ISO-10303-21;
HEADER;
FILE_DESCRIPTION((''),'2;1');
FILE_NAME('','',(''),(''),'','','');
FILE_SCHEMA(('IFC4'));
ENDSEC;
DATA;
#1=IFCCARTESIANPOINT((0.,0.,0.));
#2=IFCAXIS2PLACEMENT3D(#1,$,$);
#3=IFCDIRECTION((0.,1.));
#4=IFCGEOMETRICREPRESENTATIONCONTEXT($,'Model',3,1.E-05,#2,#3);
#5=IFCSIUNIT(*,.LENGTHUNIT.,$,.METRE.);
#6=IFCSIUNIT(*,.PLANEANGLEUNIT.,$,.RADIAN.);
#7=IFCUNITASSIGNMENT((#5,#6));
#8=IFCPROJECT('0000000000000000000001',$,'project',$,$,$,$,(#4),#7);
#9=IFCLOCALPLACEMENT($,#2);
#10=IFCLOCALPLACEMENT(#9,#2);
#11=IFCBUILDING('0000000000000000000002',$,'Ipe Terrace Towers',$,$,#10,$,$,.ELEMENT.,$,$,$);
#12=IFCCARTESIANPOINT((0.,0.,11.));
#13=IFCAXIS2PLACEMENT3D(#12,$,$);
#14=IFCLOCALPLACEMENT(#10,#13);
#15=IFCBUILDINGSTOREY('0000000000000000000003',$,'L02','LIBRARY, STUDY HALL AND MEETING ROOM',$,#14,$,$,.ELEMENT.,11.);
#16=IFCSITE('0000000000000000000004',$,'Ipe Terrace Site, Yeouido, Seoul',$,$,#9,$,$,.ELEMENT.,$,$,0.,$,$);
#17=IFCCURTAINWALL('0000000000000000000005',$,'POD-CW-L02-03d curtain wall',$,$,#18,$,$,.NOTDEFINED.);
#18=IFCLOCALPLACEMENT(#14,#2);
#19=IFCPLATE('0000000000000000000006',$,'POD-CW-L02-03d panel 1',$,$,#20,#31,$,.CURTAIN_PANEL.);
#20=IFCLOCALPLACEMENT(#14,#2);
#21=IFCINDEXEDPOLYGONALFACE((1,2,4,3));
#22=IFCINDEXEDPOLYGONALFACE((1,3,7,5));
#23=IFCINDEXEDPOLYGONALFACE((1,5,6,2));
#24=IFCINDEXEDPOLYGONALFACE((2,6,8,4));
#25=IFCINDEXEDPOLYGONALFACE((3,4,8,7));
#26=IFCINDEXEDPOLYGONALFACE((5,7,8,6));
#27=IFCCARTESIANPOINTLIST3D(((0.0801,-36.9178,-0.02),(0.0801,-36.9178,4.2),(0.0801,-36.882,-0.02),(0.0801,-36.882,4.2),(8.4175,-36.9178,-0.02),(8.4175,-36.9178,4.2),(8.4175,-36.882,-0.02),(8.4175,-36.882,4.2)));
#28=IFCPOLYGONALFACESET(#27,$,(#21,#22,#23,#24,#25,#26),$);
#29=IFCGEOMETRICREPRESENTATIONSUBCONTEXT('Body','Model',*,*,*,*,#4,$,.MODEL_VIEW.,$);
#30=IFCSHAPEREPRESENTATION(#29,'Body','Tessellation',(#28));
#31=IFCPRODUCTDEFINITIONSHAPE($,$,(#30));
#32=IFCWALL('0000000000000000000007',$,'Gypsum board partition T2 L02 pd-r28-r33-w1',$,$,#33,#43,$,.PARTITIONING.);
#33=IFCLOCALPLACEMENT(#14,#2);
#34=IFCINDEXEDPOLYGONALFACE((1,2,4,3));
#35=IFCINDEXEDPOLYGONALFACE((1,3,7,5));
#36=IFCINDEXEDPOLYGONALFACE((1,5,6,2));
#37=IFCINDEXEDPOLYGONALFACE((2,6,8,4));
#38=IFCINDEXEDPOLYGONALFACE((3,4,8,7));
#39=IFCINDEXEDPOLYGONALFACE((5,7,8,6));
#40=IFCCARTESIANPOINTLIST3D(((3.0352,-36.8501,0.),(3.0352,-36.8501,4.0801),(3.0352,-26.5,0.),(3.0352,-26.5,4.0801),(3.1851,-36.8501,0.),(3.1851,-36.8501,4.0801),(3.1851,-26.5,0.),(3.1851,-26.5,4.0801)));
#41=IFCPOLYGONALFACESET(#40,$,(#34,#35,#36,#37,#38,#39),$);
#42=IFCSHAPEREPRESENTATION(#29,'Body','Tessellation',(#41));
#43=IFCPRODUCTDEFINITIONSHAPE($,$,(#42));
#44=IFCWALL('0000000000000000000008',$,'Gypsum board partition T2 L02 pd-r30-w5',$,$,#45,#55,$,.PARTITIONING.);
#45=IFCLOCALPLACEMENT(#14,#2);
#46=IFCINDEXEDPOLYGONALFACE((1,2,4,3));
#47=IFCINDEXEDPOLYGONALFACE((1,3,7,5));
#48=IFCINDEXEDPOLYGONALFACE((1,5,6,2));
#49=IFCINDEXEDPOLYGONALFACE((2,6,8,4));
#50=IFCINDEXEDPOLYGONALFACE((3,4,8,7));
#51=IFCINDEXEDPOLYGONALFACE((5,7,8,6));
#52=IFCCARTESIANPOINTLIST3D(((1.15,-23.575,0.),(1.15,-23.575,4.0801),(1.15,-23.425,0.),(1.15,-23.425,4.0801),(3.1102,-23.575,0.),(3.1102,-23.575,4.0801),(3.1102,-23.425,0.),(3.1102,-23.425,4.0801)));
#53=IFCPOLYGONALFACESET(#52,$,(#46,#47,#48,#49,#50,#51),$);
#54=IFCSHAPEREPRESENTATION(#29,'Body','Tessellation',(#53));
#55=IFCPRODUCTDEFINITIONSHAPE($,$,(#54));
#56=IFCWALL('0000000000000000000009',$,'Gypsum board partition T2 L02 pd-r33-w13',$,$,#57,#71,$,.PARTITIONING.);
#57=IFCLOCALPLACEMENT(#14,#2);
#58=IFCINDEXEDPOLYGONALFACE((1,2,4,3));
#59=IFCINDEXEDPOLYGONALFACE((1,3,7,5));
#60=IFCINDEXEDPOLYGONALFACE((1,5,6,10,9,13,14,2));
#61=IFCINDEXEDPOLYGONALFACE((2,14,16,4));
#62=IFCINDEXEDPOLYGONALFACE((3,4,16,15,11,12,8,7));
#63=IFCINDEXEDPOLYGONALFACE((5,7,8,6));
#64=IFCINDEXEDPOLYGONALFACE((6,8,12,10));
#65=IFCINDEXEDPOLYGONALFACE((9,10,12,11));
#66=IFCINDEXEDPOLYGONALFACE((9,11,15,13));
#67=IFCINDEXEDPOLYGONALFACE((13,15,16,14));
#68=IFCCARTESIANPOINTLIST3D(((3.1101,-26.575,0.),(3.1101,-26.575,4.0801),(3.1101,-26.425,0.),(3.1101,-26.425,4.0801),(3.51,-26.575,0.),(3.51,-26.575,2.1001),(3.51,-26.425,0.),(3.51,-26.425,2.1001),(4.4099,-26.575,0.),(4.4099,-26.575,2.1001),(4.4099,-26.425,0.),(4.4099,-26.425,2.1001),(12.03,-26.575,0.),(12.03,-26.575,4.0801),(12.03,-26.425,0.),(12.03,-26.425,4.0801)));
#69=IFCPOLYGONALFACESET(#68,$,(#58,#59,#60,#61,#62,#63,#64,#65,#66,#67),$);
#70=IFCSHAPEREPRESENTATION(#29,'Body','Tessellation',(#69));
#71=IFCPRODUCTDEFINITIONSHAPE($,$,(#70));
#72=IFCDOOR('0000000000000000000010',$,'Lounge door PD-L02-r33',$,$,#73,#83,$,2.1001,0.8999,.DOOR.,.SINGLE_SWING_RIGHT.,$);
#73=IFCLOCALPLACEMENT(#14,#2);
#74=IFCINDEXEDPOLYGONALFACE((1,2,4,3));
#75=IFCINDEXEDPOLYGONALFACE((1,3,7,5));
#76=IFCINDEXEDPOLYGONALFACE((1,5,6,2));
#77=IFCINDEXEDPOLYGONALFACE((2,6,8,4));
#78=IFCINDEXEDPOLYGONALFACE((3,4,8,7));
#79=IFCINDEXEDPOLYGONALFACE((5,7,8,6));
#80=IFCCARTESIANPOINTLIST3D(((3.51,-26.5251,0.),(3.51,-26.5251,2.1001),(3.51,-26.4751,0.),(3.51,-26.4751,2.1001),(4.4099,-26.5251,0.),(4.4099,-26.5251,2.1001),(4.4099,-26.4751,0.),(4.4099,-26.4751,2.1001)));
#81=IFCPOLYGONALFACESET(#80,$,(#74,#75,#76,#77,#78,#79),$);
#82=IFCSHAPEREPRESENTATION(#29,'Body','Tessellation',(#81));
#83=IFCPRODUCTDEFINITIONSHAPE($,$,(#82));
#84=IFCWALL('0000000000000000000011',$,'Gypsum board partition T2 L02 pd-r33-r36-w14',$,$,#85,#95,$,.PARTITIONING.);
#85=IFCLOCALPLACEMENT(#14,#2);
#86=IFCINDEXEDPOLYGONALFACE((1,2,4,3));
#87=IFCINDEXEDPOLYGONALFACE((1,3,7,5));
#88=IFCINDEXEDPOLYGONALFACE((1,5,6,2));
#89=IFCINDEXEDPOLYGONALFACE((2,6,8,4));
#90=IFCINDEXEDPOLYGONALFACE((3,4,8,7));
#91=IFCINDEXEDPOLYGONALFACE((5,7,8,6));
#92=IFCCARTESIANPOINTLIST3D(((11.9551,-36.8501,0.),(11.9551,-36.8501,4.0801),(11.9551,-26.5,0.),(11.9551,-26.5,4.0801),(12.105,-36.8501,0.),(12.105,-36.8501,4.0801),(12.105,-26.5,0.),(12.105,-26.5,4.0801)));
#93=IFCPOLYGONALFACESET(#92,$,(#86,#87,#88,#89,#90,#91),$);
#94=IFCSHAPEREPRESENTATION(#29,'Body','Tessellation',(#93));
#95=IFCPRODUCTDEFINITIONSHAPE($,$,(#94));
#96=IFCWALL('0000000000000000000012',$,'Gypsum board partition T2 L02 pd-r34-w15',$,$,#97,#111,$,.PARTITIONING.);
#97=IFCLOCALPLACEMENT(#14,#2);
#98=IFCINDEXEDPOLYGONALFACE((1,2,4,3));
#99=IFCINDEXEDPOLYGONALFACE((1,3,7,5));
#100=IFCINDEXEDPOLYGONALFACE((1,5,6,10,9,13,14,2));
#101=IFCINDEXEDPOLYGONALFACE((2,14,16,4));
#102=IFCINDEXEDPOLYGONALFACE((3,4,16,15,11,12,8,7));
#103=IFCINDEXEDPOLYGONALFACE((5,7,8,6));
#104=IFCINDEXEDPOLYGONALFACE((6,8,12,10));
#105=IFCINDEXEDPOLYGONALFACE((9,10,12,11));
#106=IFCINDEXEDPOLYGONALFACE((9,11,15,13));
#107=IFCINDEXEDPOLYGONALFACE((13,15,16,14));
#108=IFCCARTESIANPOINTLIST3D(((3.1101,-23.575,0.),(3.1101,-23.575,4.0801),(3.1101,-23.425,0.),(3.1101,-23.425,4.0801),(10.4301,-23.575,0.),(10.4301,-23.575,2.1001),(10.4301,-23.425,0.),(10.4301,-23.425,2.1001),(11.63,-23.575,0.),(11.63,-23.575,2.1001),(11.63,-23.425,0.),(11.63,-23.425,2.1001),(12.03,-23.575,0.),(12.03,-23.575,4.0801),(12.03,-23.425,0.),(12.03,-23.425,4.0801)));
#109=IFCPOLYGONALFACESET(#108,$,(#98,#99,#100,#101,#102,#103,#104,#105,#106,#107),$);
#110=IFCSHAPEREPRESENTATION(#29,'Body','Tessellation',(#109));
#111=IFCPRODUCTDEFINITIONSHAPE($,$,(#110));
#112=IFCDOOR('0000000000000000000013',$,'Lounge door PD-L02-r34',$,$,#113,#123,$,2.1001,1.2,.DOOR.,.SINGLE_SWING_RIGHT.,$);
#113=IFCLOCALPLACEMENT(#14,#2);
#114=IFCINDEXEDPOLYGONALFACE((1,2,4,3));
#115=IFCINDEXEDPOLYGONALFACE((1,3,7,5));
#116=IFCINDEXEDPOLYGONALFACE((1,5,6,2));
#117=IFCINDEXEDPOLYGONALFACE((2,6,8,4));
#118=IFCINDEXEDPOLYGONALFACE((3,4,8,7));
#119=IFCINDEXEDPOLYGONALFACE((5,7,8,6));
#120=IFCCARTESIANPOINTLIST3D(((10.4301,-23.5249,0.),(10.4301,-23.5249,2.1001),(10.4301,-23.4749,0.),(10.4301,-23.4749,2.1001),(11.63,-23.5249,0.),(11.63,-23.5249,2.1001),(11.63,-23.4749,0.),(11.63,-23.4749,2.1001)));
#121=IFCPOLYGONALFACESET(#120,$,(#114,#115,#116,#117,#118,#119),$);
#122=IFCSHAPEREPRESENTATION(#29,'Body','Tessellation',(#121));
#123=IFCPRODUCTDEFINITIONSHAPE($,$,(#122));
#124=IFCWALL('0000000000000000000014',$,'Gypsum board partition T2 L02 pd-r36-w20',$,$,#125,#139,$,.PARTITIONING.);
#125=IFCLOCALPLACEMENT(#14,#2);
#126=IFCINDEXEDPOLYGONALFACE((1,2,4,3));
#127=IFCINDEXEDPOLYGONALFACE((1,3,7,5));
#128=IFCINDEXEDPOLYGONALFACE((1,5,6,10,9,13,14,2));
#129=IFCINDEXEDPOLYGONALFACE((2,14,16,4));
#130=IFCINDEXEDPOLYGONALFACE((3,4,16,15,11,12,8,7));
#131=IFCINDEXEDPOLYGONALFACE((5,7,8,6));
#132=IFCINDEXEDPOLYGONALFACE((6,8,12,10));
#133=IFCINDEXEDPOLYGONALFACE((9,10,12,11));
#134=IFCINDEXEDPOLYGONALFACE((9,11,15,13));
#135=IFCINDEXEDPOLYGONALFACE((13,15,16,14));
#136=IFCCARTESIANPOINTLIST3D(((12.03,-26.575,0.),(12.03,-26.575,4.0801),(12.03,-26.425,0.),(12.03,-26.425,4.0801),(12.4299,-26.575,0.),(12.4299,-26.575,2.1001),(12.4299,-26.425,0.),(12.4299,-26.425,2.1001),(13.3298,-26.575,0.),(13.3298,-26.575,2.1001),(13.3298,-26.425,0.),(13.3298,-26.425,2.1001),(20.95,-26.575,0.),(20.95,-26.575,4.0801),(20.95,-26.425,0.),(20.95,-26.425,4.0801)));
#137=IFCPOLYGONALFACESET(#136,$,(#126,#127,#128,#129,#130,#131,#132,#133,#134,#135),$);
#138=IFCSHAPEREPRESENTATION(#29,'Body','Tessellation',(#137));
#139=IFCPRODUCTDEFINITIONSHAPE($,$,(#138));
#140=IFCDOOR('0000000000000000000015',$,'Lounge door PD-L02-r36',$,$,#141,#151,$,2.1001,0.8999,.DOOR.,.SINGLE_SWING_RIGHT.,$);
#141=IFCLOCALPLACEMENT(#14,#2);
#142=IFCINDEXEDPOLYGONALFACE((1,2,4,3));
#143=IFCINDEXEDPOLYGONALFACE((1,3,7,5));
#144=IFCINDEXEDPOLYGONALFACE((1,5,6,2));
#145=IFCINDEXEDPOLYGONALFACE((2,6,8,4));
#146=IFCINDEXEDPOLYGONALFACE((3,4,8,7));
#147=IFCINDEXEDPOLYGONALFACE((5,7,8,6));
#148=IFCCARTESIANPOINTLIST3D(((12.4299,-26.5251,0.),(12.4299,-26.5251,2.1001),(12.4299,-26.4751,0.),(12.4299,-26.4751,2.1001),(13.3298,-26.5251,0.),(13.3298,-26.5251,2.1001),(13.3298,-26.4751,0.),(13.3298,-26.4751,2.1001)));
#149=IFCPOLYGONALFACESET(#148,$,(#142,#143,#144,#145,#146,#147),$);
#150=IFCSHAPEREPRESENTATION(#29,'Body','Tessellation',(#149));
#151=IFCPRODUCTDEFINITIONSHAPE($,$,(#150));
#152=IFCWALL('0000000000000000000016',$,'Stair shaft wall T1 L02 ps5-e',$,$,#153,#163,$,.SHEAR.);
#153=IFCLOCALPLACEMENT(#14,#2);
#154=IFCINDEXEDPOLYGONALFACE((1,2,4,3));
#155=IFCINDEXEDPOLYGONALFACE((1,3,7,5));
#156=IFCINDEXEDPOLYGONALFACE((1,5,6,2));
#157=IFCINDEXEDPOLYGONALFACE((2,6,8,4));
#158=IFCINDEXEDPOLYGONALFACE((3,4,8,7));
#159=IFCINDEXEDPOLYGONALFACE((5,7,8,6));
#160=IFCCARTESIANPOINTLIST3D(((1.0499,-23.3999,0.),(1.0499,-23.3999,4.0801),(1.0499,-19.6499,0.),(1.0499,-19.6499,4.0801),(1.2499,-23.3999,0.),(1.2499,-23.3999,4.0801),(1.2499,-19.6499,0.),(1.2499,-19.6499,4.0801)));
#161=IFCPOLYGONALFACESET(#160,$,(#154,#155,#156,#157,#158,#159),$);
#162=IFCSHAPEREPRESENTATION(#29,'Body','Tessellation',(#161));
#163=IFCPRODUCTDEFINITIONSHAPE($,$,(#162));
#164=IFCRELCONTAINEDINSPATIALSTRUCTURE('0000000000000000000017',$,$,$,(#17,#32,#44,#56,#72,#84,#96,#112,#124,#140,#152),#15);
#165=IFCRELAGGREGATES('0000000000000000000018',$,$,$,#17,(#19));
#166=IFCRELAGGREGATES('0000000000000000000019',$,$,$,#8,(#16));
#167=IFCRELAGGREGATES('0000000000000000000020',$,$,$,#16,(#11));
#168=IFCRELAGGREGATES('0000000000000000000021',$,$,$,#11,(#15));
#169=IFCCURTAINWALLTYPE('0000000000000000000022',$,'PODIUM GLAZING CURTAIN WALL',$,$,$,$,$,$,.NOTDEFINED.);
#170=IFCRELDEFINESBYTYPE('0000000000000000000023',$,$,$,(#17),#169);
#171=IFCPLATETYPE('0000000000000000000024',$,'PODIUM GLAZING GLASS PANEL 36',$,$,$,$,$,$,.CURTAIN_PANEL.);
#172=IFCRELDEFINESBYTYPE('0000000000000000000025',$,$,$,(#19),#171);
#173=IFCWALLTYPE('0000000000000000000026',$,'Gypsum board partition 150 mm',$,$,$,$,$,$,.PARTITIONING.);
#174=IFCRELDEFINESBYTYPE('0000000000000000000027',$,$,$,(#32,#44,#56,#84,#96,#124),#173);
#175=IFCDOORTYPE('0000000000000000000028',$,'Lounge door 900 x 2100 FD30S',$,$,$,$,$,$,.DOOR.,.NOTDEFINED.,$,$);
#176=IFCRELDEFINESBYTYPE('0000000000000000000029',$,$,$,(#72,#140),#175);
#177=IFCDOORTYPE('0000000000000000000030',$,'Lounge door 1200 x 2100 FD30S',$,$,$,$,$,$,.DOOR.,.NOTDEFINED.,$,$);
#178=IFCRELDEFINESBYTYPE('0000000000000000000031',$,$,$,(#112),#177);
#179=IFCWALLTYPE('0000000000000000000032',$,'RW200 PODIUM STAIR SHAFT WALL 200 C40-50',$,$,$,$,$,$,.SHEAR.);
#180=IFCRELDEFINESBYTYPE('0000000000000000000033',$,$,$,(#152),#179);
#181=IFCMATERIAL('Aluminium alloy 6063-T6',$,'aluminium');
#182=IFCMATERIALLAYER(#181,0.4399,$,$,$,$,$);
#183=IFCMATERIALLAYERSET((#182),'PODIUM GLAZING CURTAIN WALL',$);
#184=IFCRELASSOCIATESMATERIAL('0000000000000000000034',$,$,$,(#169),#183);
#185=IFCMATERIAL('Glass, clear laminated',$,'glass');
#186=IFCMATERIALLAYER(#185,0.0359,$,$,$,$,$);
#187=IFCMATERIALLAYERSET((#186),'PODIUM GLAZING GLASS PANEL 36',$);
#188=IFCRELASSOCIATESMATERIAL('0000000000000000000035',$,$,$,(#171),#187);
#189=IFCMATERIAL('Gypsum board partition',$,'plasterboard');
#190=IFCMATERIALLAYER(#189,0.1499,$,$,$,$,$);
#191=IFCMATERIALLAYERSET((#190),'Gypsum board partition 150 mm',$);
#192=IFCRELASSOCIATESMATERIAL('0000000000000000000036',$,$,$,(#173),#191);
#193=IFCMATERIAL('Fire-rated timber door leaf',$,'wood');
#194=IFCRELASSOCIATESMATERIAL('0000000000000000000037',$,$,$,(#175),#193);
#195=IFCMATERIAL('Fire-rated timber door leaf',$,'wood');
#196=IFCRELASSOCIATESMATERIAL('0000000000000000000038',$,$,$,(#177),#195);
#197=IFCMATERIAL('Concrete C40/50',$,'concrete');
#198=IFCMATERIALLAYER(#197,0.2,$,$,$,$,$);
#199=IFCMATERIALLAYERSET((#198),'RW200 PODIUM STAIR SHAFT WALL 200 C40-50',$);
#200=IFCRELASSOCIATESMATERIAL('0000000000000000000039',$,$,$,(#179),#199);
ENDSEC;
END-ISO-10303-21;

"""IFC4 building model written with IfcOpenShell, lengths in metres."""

from ifc_helpers import new_model, si_unit, direction, frame, frame_2d, origin, origin_2d, place, context, subcontext, project, spatial, rectangle, extrude, material, layer, layer_set, type_object, element, fill, aggregate, save


model = new_model("IFC4")

# Units and contexts
model_context = context("Model", 3, precision=1e-05, world=origin(), true_north=direction((0.0, 1.0)))
body_context = subcontext(model_context, "Body", "Model", "MODEL_VIEW")
ifc_project = project(units=[si_unit("LENGTHUNIT", "METRE"), si_unit("PLANEANGLEUNIT", "RADIAN")], contexts=[model_context])

# Site, building, storey
site_placement = place(None, origin())
site = spatial("IfcSite", under=ifc_project, at=site_placement, Name="Ipe Terrace Site, Yeouido, Seoul", CompositionType="ELEMENT", RefElevation=0.0)
building_placement = place(site_placement, origin())
building = spatial("IfcBuilding", under=site, at=building_placement, Name="Ipe Terrace Towers", CompositionType="ELEMENT")
storey_placement = place(building_placement, frame((0.0, 0.0, 11.0)))
storey = spatial("IfcBuildingStorey", under=building, at=storey_placement, Name="L02", Description="LIBRARY, STUDY HALL AND MEETING ROOM", CompositionType="ELEMENT", Elevation=11.0)

# Curtain wall, plate
ifc_material_1 = material(Name="Aluminium alloy 6063-T6", Category="aluminium")
ifc_layer_1 = layer(ifc_material_1, 0.4399)
ifc_layer_set_1 = layer_set([ifc_layer_1], Name="PODIUM GLAZING CURTAIN WALL")
curtain_wall_type = type_object("IfcCurtainWallType", Name="PODIUM GLAZING CURTAIN WALL", PredefinedType="NOTDEFINED", material=ifc_layer_set_1)
curtain_wall_placement = place(storey_placement, origin())
curtain_wall = element("IfcCurtainWall", 1, at=curtain_wall_placement, inside=storey, type_object=curtain_wall_type, Name="POD-CW-L02-03d curtain wall", PredefinedType="NOTDEFINED")
ifc_material_2 = material(Name="Glass, clear laminated", Category="glass")
ifc_layer_2 = layer(ifc_material_2, 0.0359)
ifc_layer_set_2 = layer_set([ifc_layer_2], Name="PODIUM GLAZING GLASS PANEL 36")
plate_type = type_object("IfcPlateType", Name="PODIUM GLAZING GLASS PANEL 36", PredefinedType="CURTAIN_PANEL", material=ifc_layer_set_2)
plate_placement = place(storey_placement, frame((4.2488, -36.8999, -0.02), z_axis=(0.0, 0.0, 1.0), x_axis=(1.0, 0.0, 0.0)))
plate = element("IfcPlate", 2, at=plate_placement, type_object=plate_type, Name="POD-CW-L02-03d panel 1", PredefinedType="CURTAIN_PANEL", context=body_context, shape_type="SweptSolid", body=[
    extrude(rectangle(XDim=8.3374, YDim=0.0359, at=origin_2d()), origin(), (0.0, 0.0, 1.0), 4.22),
])
aggregate(curtain_wall, [plate])

# Walls
ifc_material_3 = material(Name="Gypsum board partition", Category="plasterboard")
ifc_layer_3 = layer(ifc_material_3, 0.1499)
ifc_layer_set_3 = layer_set([ifc_layer_3], Name="Gypsum board partition 150 mm")
wall_type_1 = type_object("IfcWallType", Name="Gypsum board partition 150 mm", PredefinedType="PARTITIONING", material=ifc_layer_set_3)
wall_1_placement = place(storey_placement, frame((3.1101, -26.5, 0.0), z_axis=(0.0, 0.0, 1.0), x_axis=(0.0, -1.0, 0.0)))
element("IfcWall", 3, at=wall_1_placement, inside=storey, type_object=wall_type_1, Name="Gypsum board partition T2 L02 pd-r28-r33-w1", PredefinedType="PARTITIONING", context=body_context, shape_type="SweptSolid", body=[
    extrude(rectangle(XDim=10.3501, YDim=0.1499, at=frame_2d((5.175, 0.0))), origin(), (0.0, 0.0, 1.0), 4.0801),
])
wall_2_placement = place(storey_placement, frame((3.1101, -23.5, 0.0), z_axis=(0.0, 0.0, 1.0), x_axis=(-1.0, 0.0, 0.0)))
element("IfcWall", 4, at=wall_2_placement, inside=storey, type_object=wall_type_1, Name="Gypsum board partition T2 L02 pd-r30-w5", PredefinedType="PARTITIONING", context=body_context, shape_type="SweptSolid", body=[
    extrude(rectangle(XDim=1.9602, YDim=0.1499, at=frame_2d((0.98, 0.0))), origin(), (0.0, 0.0, 1.0), 4.0801),
])

# Wall, opening, door
wall_3_placement = place(storey_placement, frame((3.1101, -26.5, 0.0), z_axis=(0.0, 0.0, 1.0), x_axis=(1.0, 0.0, 0.0)))
wall_3 = element("IfcWall", 5, at=wall_3_placement, inside=storey, type_object=wall_type_1, Name="Gypsum board partition T2 L02 pd-r33-w13", PredefinedType="PARTITIONING", context=body_context, shape_type="SweptSolid", body=[
    extrude(rectangle(XDim=8.9199, YDim=0.1499, at=frame_2d((4.46, 0.0))), origin(), (0.0, 0.0, 1.0), 4.0801),
])
opening_1_placement = place(wall_3_placement, frame((0.3999, 0.0, 0.0)))
opening_1 = element("IfcOpeningElement", 6, at=opening_1_placement, cuts=wall_3, PredefinedType="OPENING", context=body_context, shape_type="SweptSolid", body=[
    extrude(rectangle(XDim=0.8999, YDim=2.1001, at=frame_2d((0.45, 1.05))), frame((0.0, 0.085, 0.0), z_axis=(0.0, -1.0, 0.0), x_axis=(1.0, 0.0, 0.0)), (0.0, 0.0, 1.0), 0.1699),
])
ifc_material_4 = material(Name="Fire-rated timber door leaf", Category="wood")
door_type_1 = type_object("IfcDoorType", Name="Lounge door 900 x 2100 FD30S", OperationType="NOTDEFINED", PredefinedType="DOOR", material=ifc_material_4)
door_1_placement = place(opening_1_placement, origin())
door_1 = element("IfcDoor", 7, at=door_1_placement, inside=storey, type_object=door_type_1, Name="Lounge door PD-L02-r33", OperationType="SINGLE_SWING_RIGHT", OverallHeight=2.1001, OverallWidth=0.8999, PredefinedType="DOOR", context=body_context, shape_type="SweptSolid", body=[
    extrude(rectangle(XDim=0.8999, YDim=2.1001, at=frame_2d((0.45, 1.05))), frame((0.0, 0.0249, 0.0), z_axis=(0.0, -1.0, 0.0), x_axis=(1.0, 0.0, 0.0)), (0.0, 0.0, 1.0), 0.05),
])
fill(opening_1, door_1)

# Wall
wall_4_placement = place(storey_placement, frame((12.03, -26.5, 0.0), z_axis=(0.0, 0.0, 1.0), x_axis=(0.0, -1.0, 0.0)))
element("IfcWall", 8, at=wall_4_placement, inside=storey, type_object=wall_type_1, Name="Gypsum board partition T2 L02 pd-r33-r36-w14", PredefinedType="PARTITIONING", context=body_context, shape_type="SweptSolid", body=[
    extrude(rectangle(XDim=10.3501, YDim=0.1499, at=frame_2d((5.175, 0.0))), origin(), (0.0, 0.0, 1.0), 4.0801),
])

# Walls, openings, doors
wall_5_placement = place(storey_placement, frame((12.03, -23.5, 0.0), z_axis=(0.0, 0.0, 1.0), x_axis=(-1.0, 0.0, 0.0)))
wall_5 = element("IfcWall", 9, at=wall_5_placement, inside=storey, type_object=wall_type_1, Name="Gypsum board partition T2 L02 pd-r34-w15", PredefinedType="PARTITIONING", context=body_context, shape_type="SweptSolid", body=[
    extrude(rectangle(XDim=8.9199, YDim=0.1499, at=frame_2d((4.46, 0.0))), origin(), (0.0, 0.0, 1.0), 4.0801),
])
opening_2_placement = place(wall_5_placement, frame((0.3999, 0.0, 0.0)))
opening_2 = element("IfcOpeningElement", 10, at=opening_2_placement, cuts=wall_5, PredefinedType="OPENING", context=body_context, shape_type="SweptSolid", body=[
    extrude(rectangle(XDim=1.2, YDim=2.1001, at=frame_2d((0.6001, 1.05))), frame((0.0, 0.085, 0.0), z_axis=(0.0, -1.0, 0.0), x_axis=(1.0, 0.0, 0.0)), (0.0, 0.0, 1.0), 0.1699),
])
ifc_material_5 = material(Name="Fire-rated timber door leaf", Category="wood")
door_type_2 = type_object("IfcDoorType", Name="Lounge door 1200 x 2100 FD30S", OperationType="NOTDEFINED", PredefinedType="DOOR", material=ifc_material_5)
door_2_placement = place(opening_2_placement, origin())
door_2 = element("IfcDoor", 11, at=door_2_placement, inside=storey, type_object=door_type_2, Name="Lounge door PD-L02-r34", OperationType="SINGLE_SWING_RIGHT", OverallHeight=2.1001, OverallWidth=1.2, PredefinedType="DOOR", context=body_context, shape_type="SweptSolid", body=[
    extrude(rectangle(XDim=1.2, YDim=2.1001, at=frame_2d((0.6001, 1.05))), frame((0.0, 0.0249, 0.0), z_axis=(0.0, -1.0, 0.0), x_axis=(1.0, 0.0, 0.0)), (0.0, 0.0, 1.0), 0.05),
])
fill(opening_2, door_2)
wall_6_placement = place(storey_placement, frame((12.03, -26.5, 0.0), z_axis=(0.0, 0.0, 1.0), x_axis=(1.0, 0.0, 0.0)))
wall_6 = element("IfcWall", 12, at=wall_6_placement, inside=storey, type_object=wall_type_1, Name="Gypsum board partition T2 L02 pd-r36-w20", PredefinedType="PARTITIONING", context=body_context, shape_type="SweptSolid", body=[
    extrude(rectangle(XDim=8.9199, YDim=0.1499, at=frame_2d((4.46, 0.0))), origin(), (0.0, 0.0, 1.0), 4.0801),
])
opening_3_placement = place(wall_6_placement, frame((0.3999, 0.0, 0.0)))
opening_3 = element("IfcOpeningElement", 13, at=opening_3_placement, cuts=wall_6, PredefinedType="OPENING", context=body_context, shape_type="SweptSolid", body=[
    extrude(rectangle(XDim=0.8999, YDim=2.1001, at=frame_2d((0.45, 1.05))), frame((0.0, 0.085, 0.0), z_axis=(0.0, -1.0, 0.0), x_axis=(1.0, 0.0, 0.0)), (0.0, 0.0, 1.0), 0.1699),
])
door_3_placement = place(opening_3_placement, origin())
door_3 = element("IfcDoor", 14, at=door_3_placement, inside=storey, type_object=door_type_1, Name="Lounge door PD-L02-r36", OperationType="SINGLE_SWING_RIGHT", OverallHeight=2.1001, OverallWidth=0.8999, PredefinedType="DOOR", context=body_context, shape_type="SweptSolid", body=[
    extrude(rectangle(XDim=0.8999, YDim=2.1001, at=frame_2d((0.45, 1.05))), frame((0.0, 0.0249, 0.0), z_axis=(0.0, -1.0, 0.0), x_axis=(1.0, 0.0, 0.0)), (0.0, 0.0, 1.0), 0.05),
])
fill(opening_3, door_3)

# Wall
ifc_material_6 = material(Name="Concrete C40/50", Category="concrete")
ifc_layer_4 = layer(ifc_material_6, 0.2)
ifc_layer_set_4 = layer_set([ifc_layer_4], Name="RW200 PODIUM STAIR SHAFT WALL 200 C40-50")
wall_type_2 = type_object("IfcWallType", Name="RW200 PODIUM STAIR SHAFT WALL 200 C40-50", PredefinedType="SHEAR", material=ifc_layer_set_4)
wall_7_placement = place(storey_placement, frame((1.1499, -23.3999, 0.0), z_axis=(0.0, 0.0, 1.0), x_axis=(0.0, 1.0, 0.0)))
element("IfcWall", 15, at=wall_7_placement, inside=storey, type_object=wall_type_2, Name="Stair shaft wall T1 L02 ps5-e", PredefinedType="SHEAR", context=body_context, shape_type="SweptSolid", body=[
    extrude(rectangle(XDim=3.75, YDim=0.2, at=frame_2d((1.875, 0.0))), origin(), (0.0, 0.0, 1.0), 4.0801),
])

save(model, "model.ifc")
